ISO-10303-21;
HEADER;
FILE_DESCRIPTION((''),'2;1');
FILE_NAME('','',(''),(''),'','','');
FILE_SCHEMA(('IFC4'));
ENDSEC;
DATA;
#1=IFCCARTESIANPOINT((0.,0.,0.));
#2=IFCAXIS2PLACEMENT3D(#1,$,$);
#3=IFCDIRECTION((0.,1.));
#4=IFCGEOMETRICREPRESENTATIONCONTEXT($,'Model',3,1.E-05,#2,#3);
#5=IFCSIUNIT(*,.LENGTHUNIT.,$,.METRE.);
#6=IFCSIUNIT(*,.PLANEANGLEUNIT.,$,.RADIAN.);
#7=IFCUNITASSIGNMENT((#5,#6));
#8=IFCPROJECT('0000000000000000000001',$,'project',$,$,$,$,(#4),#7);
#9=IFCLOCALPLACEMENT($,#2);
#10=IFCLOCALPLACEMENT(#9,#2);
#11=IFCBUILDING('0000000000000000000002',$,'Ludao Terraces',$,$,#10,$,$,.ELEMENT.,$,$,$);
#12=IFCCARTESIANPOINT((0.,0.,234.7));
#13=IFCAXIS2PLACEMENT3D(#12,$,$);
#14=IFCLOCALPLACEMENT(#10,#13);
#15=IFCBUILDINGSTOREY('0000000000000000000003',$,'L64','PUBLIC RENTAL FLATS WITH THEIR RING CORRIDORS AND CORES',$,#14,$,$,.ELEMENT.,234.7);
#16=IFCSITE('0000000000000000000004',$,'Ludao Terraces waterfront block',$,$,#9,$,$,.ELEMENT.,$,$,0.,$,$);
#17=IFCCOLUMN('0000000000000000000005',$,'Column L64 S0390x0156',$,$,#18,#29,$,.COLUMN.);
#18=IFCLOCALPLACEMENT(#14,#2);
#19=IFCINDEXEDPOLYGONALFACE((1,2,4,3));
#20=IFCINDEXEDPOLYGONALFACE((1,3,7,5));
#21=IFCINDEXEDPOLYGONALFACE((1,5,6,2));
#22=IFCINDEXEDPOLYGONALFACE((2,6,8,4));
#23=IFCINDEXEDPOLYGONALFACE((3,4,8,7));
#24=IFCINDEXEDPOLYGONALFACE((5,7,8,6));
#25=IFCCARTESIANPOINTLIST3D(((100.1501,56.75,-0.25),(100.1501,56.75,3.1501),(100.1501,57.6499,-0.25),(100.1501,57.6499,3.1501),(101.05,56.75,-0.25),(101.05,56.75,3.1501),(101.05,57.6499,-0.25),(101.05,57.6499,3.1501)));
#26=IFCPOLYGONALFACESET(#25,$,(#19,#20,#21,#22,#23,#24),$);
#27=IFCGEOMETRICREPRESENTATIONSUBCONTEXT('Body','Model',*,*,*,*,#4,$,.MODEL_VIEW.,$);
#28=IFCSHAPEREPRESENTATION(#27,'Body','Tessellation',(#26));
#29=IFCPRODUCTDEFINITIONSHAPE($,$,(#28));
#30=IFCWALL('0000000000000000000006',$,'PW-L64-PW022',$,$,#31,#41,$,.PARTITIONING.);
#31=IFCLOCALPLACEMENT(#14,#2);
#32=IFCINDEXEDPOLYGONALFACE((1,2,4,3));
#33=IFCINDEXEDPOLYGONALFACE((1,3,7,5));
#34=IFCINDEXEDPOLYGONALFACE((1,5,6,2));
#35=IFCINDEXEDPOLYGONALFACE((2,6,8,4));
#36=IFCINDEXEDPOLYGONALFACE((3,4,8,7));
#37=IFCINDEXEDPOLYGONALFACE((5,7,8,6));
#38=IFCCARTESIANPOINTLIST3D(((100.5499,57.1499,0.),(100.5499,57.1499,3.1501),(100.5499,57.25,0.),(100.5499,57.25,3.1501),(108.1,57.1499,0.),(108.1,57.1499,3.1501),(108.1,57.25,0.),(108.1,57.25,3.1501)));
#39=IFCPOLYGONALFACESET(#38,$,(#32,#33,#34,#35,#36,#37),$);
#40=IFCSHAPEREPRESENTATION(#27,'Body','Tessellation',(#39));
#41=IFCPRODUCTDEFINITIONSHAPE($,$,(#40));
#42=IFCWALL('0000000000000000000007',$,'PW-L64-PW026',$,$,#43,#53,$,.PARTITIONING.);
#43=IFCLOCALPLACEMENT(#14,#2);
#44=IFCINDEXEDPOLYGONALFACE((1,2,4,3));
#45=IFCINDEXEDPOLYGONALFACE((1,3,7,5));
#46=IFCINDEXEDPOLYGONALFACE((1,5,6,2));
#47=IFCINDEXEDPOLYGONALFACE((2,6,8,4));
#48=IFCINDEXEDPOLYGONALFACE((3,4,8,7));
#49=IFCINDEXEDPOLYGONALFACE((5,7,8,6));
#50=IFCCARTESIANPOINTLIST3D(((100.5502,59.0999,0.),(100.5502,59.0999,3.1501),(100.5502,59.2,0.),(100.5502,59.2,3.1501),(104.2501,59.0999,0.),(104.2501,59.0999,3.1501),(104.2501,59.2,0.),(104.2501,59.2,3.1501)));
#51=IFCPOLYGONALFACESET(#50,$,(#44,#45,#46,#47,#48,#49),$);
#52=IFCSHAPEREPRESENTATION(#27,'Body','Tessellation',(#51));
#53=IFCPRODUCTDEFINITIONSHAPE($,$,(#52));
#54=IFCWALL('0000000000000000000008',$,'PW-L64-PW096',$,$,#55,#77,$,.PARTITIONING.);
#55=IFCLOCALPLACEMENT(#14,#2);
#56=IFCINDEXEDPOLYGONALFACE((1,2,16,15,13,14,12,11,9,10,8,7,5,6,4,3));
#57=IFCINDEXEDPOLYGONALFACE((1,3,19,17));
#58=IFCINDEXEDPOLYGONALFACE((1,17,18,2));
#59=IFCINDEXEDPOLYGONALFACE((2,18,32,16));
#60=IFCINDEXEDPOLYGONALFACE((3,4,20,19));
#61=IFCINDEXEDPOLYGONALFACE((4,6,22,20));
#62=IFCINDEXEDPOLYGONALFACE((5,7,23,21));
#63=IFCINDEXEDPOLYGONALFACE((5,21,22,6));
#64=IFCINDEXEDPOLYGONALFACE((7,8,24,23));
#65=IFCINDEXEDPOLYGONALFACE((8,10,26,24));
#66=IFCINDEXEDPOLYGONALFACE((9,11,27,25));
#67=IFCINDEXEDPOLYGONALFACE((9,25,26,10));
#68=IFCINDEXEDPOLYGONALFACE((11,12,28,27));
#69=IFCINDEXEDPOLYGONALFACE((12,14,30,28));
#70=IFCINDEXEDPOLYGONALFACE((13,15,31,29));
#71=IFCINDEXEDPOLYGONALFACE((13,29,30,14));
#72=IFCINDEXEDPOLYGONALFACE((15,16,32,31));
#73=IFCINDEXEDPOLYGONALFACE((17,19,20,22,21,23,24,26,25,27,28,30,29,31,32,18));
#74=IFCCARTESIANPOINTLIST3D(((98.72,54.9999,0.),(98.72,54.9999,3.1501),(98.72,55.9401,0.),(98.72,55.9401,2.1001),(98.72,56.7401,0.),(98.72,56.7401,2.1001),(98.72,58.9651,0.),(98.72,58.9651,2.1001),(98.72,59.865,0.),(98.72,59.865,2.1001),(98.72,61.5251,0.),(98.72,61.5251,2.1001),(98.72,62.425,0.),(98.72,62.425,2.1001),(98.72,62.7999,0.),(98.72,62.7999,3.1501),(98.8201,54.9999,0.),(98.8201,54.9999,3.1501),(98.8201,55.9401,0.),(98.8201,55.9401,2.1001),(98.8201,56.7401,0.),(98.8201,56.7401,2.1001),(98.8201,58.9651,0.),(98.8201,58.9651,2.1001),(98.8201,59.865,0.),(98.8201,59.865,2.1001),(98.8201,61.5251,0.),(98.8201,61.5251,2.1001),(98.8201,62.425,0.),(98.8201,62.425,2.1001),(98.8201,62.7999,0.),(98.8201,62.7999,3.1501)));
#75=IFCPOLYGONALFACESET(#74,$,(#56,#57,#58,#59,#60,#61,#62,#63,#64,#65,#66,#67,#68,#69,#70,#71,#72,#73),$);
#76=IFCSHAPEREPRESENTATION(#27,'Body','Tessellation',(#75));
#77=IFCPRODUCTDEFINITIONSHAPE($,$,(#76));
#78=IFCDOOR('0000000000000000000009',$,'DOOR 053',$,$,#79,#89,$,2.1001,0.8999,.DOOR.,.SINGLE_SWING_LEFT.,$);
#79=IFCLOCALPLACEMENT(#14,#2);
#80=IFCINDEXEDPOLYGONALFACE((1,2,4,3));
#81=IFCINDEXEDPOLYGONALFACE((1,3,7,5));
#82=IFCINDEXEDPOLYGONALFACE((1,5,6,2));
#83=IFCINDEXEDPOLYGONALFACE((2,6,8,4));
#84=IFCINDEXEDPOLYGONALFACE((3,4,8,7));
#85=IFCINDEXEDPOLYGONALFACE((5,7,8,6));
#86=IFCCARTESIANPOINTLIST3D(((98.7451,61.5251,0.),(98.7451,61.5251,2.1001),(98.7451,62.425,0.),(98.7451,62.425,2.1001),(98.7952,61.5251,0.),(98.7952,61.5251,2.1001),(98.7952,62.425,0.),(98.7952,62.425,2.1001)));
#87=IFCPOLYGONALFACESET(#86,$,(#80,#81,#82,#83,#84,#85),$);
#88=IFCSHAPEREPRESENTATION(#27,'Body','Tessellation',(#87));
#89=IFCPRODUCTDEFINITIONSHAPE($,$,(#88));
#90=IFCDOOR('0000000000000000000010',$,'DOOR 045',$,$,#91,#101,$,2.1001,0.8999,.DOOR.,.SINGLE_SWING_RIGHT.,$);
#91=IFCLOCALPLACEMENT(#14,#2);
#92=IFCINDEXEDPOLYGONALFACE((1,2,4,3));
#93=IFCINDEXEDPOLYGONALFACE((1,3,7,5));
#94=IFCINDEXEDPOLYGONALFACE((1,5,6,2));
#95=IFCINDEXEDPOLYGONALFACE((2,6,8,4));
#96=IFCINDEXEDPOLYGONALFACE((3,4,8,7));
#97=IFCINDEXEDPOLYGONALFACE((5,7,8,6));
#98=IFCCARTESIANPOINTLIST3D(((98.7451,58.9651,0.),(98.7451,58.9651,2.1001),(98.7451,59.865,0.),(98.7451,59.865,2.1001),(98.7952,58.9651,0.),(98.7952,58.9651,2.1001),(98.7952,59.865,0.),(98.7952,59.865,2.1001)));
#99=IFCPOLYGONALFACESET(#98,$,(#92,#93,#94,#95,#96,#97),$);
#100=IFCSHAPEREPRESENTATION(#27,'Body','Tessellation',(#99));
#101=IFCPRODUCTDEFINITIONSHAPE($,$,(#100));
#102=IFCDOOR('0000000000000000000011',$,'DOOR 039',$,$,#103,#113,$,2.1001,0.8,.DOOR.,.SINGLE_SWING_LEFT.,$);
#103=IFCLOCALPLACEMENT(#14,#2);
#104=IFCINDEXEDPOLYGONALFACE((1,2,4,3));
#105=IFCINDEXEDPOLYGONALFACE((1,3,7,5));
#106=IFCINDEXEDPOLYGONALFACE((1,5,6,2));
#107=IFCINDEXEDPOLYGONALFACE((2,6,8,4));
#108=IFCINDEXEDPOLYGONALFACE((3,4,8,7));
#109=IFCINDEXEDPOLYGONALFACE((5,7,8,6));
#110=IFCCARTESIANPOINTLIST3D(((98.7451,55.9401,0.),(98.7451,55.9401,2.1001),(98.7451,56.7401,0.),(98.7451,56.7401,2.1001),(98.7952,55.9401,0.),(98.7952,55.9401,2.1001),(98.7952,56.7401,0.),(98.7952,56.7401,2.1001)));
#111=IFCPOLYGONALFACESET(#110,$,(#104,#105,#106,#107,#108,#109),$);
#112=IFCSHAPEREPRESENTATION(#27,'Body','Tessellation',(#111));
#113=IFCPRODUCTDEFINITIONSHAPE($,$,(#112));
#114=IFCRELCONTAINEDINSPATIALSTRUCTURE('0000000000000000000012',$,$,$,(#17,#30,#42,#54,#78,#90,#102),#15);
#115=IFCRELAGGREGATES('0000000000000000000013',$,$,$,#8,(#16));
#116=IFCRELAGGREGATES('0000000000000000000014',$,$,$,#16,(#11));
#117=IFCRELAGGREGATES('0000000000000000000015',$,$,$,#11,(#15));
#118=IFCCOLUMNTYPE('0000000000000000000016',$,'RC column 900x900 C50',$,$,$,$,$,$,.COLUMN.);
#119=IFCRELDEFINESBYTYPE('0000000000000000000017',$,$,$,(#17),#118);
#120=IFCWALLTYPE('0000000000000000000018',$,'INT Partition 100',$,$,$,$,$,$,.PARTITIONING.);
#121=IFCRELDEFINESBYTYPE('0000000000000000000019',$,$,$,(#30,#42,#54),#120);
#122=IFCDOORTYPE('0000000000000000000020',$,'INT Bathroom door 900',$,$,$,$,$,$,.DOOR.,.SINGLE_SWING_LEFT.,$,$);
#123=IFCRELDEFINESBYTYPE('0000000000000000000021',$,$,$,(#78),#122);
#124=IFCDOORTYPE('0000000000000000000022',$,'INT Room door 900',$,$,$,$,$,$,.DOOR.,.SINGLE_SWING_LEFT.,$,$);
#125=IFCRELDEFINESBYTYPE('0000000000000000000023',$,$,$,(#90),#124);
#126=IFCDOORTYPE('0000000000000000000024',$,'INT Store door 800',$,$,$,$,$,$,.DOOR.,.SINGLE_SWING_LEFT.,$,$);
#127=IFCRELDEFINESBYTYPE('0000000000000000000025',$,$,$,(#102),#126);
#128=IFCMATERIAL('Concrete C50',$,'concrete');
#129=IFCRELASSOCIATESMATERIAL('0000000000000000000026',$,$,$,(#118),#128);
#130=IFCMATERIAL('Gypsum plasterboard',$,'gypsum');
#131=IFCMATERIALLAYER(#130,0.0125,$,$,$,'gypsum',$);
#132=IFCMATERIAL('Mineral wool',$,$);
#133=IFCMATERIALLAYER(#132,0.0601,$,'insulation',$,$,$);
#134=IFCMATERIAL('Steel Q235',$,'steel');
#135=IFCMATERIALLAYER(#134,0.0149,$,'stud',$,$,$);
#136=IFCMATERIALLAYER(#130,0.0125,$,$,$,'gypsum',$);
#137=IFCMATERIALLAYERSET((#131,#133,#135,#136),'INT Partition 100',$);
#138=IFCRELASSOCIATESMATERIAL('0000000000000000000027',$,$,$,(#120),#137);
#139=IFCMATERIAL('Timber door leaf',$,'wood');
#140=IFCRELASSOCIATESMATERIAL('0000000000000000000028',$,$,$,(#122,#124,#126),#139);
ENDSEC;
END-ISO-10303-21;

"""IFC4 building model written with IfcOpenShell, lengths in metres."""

from ifc_helpers import new_model, si_unit, direction, frame, frame_2d, origin, origin_2d, place, context, subcontext, project, spatial, rectangle, extrude, material, layer, layer_set, material_profile, profile_set, type_object, element, fill, save


model = new_model("IFC4")

# Units and contexts
model_context = context("Model", 3, precision=1e-05, world=origin(), true_north=direction((0.0, 1.0)))
body_context = subcontext(model_context, "Body", "Model", "MODEL_VIEW")
ifc_project = project(units=[si_unit("LENGTHUNIT", "METRE"), si_unit("PLANEANGLEUNIT", "RADIAN")], contexts=[model_context])

# Site, building, storey
site_placement = place(None, origin())
site = spatial("IfcSite", under=ifc_project, at=site_placement, Name="Ludao Terraces waterfront block", CompositionType="ELEMENT", RefElevation=0.0)
building_placement = place(site_placement, origin())
building = spatial("IfcBuilding", under=site, at=building_placement, Name="Ludao Terraces", CompositionType="ELEMENT")
storey_placement = place(building_placement, frame((0.0, 0.0, 234.7)))
storey = spatial("IfcBuildingStorey", under=building, at=storey_placement, Name="L64", Description="PUBLIC RENTAL FLATS WITH THEIR RING CORRIDORS AND CORES", CompositionType="ELEMENT", Elevation=234.7)

# Column
ifc_material_1 = material(Name="Concrete C50", Category="concrete")
ifc_material_profile = material_profile(ifc_material_1, rectangle(XDim=0.8999, YDim=0.8999, at=origin_2d()), Name="900 X 900")
ifc_profile_set = profile_set([ifc_material_profile], Name="Concrete C50")
column_type = type_object("IfcColumnType", Name="RC column 900x900 C50", PredefinedType="COLUMN", material=ifc_profile_set)
column_placement = place(storey_placement, frame((100.6001, 57.2, -0.25), z_axis=(0.0, 0.0, 1.0), x_axis=(1.0, 0.0, 0.0)))
element("IfcColumn", 1, at=column_placement, inside=storey, type_object=column_type, Name="Column L64 S0390x0156", PredefinedType="COLUMN", context=body_context, shape_type="SweptSolid", body=[
    extrude(rectangle(XDim=0.8999, YDim=0.8999, at=origin_2d()), origin(), (0.0, 0.0, 1.0), 3.4001),
])

# Walls
ifc_material_2 = material(Name="Gypsum plasterboard", Category="gypsum")
ifc_layer_1 = layer(ifc_material_2, 0.0125, Category="gypsum")
ifc_material_3 = material(Name="Mineral wool")
ifc_layer_2 = layer(ifc_material_3, 0.0601, Name="insulation")
ifc_material_4 = material(Name="Steel Q235", Category="steel")
ifc_layer_3 = layer(ifc_material_4, 0.0149, Name="stud")
ifc_layer_4 = layer(ifc_material_2, 0.0125, Category="gypsum")
ifc_layer_set = layer_set([ifc_layer_1, ifc_layer_2, ifc_layer_3, ifc_layer_4], Name="INT Partition 100")
wall_type = type_object("IfcWallType", Name="INT Partition 100", PredefinedType="PARTITIONING", material=ifc_layer_set)
wall_1_placement = place(storey_placement, frame((100.55, 57.2, 0.0), z_axis=(0.0, 0.0, 1.0), x_axis=(1.0, 0.0, 0.0)))
element("IfcWall", 2, at=wall_1_placement, inside=storey, type_object=wall_type, Name="PW-L64-PW022", PredefinedType="PARTITIONING", context=body_context, shape_type="SweptSolid", body=[
    extrude(rectangle(XDim=7.55, YDim=0.1001, at=frame_2d((3.7749, 0.0))), origin(), (0.0, 0.0, 1.0), 3.1501),
])
wall_2_placement = place(storey_placement, frame((100.55, 59.1499, 0.0), z_axis=(0.0, 0.0, 1.0), x_axis=(1.0, 0.0, 0.0)))
element("IfcWall", 3, at=wall_2_placement, inside=storey, type_object=wall_type, Name="PW-L64-PW026", PredefinedType="PARTITIONING", context=body_context, shape_type="SweptSolid", body=[
    extrude(rectangle(XDim=3.7, YDim=0.1001, at=frame_2d((1.8501, 0.0))), origin(), (0.0, 0.0, 1.0), 3.1501),
])

# Wall, openings, doors
wall_3_placement = place(storey_placement, frame((98.77, 55.0, 0.0), z_axis=(0.0, 0.0, 1.0), x_axis=(0.0, 1.0, 0.0)))
wall_3 = element("IfcWall", 4, at=wall_3_placement, inside=storey, type_object=wall_type, Name="PW-L64-PW096", PredefinedType="PARTITIONING", context=body_context, shape_type="SweptSolid", body=[
    extrude(rectangle(XDim=7.8, YDim=0.1001, at=frame_2d((3.8999, 0.0))), origin(), (0.0, 0.0, 1.0), 3.1501),
])
opening_1_placement = place(wall_3_placement, frame((0.9402, 0.0, 0.0)))
opening_1 = element("IfcOpeningElement", 5, at=opening_1_placement, cuts=wall_3, PredefinedType="OPENING", context=body_context, shape_type="SweptSolid", body=[
    extrude(rectangle(XDim=0.8, YDim=2.1001, at=frame_2d((0.3999, 1.05))), frame((0.0, 0.0601, 0.0), z_axis=(0.0, -1.0, 0.0), x_axis=(1.0, 0.0, 0.0)), (0.0, 0.0, 1.0), 0.1201),
])
opening_2_placement = place(wall_3_placement, frame((3.9651, 0.0, 0.0)))
opening_2 = element("IfcOpeningElement", 6, at=opening_2_placement, cuts=wall_3, PredefinedType="OPENING", context=body_context, shape_type="SweptSolid", body=[
    extrude(rectangle(XDim=0.8999, YDim=2.1001, at=frame_2d((0.45, 1.05))), frame((0.0, 0.0601, 0.0), z_axis=(0.0, -1.0, 0.0), x_axis=(1.0, 0.0, 0.0)), (0.0, 0.0, 1.0), 0.1201),
])
opening_3_placement = place(wall_3_placement, frame((6.5251, 0.0, 0.0)))
opening_3 = element("IfcOpeningElement", 7, at=opening_3_placement, cuts=wall_3, PredefinedType="OPENING", context=body_context, shape_type="SweptSolid", body=[
    extrude(rectangle(XDim=0.8999, YDim=2.1001, at=frame_2d((0.45, 1.05))), frame((0.0, 0.0601, 0.0), z_axis=(0.0, -1.0, 0.0), x_axis=(1.0, 0.0, 0.0)), (0.0, 0.0, 1.0), 0.1201),
])
ifc_material_5 = material(Name="Timber door leaf", Category="wood")
door_type_1 = type_object("IfcDoorType", Name="INT Bathroom door 900", OperationType="SINGLE_SWING_LEFT", PredefinedType="DOOR", material=ifc_material_5)
door_1_placement = place(opening_3_placement, origin())
door_1 = element("IfcDoor", 8, at=door_1_placement, inside=storey, type_object=door_type_1, Name="DOOR 053", OperationType="SINGLE_SWING_LEFT", OverallHeight=2.1001, OverallWidth=0.8999, PredefinedType="DOOR", context=body_context, shape_type="SweptSolid", body=[
    extrude(rectangle(XDim=0.8999, YDim=2.1001, at=frame_2d((0.45, 1.05))), frame((0.0, 0.0249, 0.0), z_axis=(0.0, -1.0, 0.0), x_axis=(1.0, 0.0, 0.0)), (0.0, 0.0, 1.0), 0.05),
])
fill(opening_3, door_1)
door_type_2 = type_object("IfcDoorType", Name="INT Room door 900", OperationType="SINGLE_SWING_LEFT", PredefinedType="DOOR", material=ifc_material_5)
door_2_placement = place(opening_2_placement, origin())
door_2 = element("IfcDoor", 9, at=door_2_placement, inside=storey, type_object=door_type_2, Name="DOOR 045", OperationType="SINGLE_SWING_RIGHT", OverallHeight=2.1001, OverallWidth=0.8999, PredefinedType="DOOR", context=body_context, shape_type="SweptSolid", body=[
    extrude(rectangle(XDim=0.8999, YDim=2.1001, at=frame_2d((0.45, 1.05))), frame((0.0, 0.0249, 0.0), z_axis=(0.0, -1.0, 0.0), x_axis=(1.0, 0.0, 0.0)), (0.0, 0.0, 1.0), 0.05),
])
fill(opening_2, door_2)
door_type_3 = type_object("IfcDoorType", Name="INT Store door 800", OperationType="SINGLE_SWING_LEFT", PredefinedType="DOOR", material=ifc_material_5)
door_3_placement = place(opening_1_placement, origin())
door_3 = element("IfcDoor", 10, at=door_3_placement, inside=storey, type_object=door_type_3, Name="DOOR 039", OperationType="SINGLE_SWING_LEFT", OverallHeight=2.1001, OverallWidth=0.8, PredefinedType="DOOR", context=body_context, shape_type="SweptSolid", body=[
    extrude(rectangle(XDim=0.8, YDim=2.1001, at=frame_2d((0.3999, 1.05))), frame((0.0, 0.0249, 0.0), z_axis=(0.0, -1.0, 0.0), x_axis=(1.0, 0.0, 0.0)), (0.0, 0.0, 1.0), 0.05),
])
fill(opening_1, door_3)

save(model, "model.ifc")
